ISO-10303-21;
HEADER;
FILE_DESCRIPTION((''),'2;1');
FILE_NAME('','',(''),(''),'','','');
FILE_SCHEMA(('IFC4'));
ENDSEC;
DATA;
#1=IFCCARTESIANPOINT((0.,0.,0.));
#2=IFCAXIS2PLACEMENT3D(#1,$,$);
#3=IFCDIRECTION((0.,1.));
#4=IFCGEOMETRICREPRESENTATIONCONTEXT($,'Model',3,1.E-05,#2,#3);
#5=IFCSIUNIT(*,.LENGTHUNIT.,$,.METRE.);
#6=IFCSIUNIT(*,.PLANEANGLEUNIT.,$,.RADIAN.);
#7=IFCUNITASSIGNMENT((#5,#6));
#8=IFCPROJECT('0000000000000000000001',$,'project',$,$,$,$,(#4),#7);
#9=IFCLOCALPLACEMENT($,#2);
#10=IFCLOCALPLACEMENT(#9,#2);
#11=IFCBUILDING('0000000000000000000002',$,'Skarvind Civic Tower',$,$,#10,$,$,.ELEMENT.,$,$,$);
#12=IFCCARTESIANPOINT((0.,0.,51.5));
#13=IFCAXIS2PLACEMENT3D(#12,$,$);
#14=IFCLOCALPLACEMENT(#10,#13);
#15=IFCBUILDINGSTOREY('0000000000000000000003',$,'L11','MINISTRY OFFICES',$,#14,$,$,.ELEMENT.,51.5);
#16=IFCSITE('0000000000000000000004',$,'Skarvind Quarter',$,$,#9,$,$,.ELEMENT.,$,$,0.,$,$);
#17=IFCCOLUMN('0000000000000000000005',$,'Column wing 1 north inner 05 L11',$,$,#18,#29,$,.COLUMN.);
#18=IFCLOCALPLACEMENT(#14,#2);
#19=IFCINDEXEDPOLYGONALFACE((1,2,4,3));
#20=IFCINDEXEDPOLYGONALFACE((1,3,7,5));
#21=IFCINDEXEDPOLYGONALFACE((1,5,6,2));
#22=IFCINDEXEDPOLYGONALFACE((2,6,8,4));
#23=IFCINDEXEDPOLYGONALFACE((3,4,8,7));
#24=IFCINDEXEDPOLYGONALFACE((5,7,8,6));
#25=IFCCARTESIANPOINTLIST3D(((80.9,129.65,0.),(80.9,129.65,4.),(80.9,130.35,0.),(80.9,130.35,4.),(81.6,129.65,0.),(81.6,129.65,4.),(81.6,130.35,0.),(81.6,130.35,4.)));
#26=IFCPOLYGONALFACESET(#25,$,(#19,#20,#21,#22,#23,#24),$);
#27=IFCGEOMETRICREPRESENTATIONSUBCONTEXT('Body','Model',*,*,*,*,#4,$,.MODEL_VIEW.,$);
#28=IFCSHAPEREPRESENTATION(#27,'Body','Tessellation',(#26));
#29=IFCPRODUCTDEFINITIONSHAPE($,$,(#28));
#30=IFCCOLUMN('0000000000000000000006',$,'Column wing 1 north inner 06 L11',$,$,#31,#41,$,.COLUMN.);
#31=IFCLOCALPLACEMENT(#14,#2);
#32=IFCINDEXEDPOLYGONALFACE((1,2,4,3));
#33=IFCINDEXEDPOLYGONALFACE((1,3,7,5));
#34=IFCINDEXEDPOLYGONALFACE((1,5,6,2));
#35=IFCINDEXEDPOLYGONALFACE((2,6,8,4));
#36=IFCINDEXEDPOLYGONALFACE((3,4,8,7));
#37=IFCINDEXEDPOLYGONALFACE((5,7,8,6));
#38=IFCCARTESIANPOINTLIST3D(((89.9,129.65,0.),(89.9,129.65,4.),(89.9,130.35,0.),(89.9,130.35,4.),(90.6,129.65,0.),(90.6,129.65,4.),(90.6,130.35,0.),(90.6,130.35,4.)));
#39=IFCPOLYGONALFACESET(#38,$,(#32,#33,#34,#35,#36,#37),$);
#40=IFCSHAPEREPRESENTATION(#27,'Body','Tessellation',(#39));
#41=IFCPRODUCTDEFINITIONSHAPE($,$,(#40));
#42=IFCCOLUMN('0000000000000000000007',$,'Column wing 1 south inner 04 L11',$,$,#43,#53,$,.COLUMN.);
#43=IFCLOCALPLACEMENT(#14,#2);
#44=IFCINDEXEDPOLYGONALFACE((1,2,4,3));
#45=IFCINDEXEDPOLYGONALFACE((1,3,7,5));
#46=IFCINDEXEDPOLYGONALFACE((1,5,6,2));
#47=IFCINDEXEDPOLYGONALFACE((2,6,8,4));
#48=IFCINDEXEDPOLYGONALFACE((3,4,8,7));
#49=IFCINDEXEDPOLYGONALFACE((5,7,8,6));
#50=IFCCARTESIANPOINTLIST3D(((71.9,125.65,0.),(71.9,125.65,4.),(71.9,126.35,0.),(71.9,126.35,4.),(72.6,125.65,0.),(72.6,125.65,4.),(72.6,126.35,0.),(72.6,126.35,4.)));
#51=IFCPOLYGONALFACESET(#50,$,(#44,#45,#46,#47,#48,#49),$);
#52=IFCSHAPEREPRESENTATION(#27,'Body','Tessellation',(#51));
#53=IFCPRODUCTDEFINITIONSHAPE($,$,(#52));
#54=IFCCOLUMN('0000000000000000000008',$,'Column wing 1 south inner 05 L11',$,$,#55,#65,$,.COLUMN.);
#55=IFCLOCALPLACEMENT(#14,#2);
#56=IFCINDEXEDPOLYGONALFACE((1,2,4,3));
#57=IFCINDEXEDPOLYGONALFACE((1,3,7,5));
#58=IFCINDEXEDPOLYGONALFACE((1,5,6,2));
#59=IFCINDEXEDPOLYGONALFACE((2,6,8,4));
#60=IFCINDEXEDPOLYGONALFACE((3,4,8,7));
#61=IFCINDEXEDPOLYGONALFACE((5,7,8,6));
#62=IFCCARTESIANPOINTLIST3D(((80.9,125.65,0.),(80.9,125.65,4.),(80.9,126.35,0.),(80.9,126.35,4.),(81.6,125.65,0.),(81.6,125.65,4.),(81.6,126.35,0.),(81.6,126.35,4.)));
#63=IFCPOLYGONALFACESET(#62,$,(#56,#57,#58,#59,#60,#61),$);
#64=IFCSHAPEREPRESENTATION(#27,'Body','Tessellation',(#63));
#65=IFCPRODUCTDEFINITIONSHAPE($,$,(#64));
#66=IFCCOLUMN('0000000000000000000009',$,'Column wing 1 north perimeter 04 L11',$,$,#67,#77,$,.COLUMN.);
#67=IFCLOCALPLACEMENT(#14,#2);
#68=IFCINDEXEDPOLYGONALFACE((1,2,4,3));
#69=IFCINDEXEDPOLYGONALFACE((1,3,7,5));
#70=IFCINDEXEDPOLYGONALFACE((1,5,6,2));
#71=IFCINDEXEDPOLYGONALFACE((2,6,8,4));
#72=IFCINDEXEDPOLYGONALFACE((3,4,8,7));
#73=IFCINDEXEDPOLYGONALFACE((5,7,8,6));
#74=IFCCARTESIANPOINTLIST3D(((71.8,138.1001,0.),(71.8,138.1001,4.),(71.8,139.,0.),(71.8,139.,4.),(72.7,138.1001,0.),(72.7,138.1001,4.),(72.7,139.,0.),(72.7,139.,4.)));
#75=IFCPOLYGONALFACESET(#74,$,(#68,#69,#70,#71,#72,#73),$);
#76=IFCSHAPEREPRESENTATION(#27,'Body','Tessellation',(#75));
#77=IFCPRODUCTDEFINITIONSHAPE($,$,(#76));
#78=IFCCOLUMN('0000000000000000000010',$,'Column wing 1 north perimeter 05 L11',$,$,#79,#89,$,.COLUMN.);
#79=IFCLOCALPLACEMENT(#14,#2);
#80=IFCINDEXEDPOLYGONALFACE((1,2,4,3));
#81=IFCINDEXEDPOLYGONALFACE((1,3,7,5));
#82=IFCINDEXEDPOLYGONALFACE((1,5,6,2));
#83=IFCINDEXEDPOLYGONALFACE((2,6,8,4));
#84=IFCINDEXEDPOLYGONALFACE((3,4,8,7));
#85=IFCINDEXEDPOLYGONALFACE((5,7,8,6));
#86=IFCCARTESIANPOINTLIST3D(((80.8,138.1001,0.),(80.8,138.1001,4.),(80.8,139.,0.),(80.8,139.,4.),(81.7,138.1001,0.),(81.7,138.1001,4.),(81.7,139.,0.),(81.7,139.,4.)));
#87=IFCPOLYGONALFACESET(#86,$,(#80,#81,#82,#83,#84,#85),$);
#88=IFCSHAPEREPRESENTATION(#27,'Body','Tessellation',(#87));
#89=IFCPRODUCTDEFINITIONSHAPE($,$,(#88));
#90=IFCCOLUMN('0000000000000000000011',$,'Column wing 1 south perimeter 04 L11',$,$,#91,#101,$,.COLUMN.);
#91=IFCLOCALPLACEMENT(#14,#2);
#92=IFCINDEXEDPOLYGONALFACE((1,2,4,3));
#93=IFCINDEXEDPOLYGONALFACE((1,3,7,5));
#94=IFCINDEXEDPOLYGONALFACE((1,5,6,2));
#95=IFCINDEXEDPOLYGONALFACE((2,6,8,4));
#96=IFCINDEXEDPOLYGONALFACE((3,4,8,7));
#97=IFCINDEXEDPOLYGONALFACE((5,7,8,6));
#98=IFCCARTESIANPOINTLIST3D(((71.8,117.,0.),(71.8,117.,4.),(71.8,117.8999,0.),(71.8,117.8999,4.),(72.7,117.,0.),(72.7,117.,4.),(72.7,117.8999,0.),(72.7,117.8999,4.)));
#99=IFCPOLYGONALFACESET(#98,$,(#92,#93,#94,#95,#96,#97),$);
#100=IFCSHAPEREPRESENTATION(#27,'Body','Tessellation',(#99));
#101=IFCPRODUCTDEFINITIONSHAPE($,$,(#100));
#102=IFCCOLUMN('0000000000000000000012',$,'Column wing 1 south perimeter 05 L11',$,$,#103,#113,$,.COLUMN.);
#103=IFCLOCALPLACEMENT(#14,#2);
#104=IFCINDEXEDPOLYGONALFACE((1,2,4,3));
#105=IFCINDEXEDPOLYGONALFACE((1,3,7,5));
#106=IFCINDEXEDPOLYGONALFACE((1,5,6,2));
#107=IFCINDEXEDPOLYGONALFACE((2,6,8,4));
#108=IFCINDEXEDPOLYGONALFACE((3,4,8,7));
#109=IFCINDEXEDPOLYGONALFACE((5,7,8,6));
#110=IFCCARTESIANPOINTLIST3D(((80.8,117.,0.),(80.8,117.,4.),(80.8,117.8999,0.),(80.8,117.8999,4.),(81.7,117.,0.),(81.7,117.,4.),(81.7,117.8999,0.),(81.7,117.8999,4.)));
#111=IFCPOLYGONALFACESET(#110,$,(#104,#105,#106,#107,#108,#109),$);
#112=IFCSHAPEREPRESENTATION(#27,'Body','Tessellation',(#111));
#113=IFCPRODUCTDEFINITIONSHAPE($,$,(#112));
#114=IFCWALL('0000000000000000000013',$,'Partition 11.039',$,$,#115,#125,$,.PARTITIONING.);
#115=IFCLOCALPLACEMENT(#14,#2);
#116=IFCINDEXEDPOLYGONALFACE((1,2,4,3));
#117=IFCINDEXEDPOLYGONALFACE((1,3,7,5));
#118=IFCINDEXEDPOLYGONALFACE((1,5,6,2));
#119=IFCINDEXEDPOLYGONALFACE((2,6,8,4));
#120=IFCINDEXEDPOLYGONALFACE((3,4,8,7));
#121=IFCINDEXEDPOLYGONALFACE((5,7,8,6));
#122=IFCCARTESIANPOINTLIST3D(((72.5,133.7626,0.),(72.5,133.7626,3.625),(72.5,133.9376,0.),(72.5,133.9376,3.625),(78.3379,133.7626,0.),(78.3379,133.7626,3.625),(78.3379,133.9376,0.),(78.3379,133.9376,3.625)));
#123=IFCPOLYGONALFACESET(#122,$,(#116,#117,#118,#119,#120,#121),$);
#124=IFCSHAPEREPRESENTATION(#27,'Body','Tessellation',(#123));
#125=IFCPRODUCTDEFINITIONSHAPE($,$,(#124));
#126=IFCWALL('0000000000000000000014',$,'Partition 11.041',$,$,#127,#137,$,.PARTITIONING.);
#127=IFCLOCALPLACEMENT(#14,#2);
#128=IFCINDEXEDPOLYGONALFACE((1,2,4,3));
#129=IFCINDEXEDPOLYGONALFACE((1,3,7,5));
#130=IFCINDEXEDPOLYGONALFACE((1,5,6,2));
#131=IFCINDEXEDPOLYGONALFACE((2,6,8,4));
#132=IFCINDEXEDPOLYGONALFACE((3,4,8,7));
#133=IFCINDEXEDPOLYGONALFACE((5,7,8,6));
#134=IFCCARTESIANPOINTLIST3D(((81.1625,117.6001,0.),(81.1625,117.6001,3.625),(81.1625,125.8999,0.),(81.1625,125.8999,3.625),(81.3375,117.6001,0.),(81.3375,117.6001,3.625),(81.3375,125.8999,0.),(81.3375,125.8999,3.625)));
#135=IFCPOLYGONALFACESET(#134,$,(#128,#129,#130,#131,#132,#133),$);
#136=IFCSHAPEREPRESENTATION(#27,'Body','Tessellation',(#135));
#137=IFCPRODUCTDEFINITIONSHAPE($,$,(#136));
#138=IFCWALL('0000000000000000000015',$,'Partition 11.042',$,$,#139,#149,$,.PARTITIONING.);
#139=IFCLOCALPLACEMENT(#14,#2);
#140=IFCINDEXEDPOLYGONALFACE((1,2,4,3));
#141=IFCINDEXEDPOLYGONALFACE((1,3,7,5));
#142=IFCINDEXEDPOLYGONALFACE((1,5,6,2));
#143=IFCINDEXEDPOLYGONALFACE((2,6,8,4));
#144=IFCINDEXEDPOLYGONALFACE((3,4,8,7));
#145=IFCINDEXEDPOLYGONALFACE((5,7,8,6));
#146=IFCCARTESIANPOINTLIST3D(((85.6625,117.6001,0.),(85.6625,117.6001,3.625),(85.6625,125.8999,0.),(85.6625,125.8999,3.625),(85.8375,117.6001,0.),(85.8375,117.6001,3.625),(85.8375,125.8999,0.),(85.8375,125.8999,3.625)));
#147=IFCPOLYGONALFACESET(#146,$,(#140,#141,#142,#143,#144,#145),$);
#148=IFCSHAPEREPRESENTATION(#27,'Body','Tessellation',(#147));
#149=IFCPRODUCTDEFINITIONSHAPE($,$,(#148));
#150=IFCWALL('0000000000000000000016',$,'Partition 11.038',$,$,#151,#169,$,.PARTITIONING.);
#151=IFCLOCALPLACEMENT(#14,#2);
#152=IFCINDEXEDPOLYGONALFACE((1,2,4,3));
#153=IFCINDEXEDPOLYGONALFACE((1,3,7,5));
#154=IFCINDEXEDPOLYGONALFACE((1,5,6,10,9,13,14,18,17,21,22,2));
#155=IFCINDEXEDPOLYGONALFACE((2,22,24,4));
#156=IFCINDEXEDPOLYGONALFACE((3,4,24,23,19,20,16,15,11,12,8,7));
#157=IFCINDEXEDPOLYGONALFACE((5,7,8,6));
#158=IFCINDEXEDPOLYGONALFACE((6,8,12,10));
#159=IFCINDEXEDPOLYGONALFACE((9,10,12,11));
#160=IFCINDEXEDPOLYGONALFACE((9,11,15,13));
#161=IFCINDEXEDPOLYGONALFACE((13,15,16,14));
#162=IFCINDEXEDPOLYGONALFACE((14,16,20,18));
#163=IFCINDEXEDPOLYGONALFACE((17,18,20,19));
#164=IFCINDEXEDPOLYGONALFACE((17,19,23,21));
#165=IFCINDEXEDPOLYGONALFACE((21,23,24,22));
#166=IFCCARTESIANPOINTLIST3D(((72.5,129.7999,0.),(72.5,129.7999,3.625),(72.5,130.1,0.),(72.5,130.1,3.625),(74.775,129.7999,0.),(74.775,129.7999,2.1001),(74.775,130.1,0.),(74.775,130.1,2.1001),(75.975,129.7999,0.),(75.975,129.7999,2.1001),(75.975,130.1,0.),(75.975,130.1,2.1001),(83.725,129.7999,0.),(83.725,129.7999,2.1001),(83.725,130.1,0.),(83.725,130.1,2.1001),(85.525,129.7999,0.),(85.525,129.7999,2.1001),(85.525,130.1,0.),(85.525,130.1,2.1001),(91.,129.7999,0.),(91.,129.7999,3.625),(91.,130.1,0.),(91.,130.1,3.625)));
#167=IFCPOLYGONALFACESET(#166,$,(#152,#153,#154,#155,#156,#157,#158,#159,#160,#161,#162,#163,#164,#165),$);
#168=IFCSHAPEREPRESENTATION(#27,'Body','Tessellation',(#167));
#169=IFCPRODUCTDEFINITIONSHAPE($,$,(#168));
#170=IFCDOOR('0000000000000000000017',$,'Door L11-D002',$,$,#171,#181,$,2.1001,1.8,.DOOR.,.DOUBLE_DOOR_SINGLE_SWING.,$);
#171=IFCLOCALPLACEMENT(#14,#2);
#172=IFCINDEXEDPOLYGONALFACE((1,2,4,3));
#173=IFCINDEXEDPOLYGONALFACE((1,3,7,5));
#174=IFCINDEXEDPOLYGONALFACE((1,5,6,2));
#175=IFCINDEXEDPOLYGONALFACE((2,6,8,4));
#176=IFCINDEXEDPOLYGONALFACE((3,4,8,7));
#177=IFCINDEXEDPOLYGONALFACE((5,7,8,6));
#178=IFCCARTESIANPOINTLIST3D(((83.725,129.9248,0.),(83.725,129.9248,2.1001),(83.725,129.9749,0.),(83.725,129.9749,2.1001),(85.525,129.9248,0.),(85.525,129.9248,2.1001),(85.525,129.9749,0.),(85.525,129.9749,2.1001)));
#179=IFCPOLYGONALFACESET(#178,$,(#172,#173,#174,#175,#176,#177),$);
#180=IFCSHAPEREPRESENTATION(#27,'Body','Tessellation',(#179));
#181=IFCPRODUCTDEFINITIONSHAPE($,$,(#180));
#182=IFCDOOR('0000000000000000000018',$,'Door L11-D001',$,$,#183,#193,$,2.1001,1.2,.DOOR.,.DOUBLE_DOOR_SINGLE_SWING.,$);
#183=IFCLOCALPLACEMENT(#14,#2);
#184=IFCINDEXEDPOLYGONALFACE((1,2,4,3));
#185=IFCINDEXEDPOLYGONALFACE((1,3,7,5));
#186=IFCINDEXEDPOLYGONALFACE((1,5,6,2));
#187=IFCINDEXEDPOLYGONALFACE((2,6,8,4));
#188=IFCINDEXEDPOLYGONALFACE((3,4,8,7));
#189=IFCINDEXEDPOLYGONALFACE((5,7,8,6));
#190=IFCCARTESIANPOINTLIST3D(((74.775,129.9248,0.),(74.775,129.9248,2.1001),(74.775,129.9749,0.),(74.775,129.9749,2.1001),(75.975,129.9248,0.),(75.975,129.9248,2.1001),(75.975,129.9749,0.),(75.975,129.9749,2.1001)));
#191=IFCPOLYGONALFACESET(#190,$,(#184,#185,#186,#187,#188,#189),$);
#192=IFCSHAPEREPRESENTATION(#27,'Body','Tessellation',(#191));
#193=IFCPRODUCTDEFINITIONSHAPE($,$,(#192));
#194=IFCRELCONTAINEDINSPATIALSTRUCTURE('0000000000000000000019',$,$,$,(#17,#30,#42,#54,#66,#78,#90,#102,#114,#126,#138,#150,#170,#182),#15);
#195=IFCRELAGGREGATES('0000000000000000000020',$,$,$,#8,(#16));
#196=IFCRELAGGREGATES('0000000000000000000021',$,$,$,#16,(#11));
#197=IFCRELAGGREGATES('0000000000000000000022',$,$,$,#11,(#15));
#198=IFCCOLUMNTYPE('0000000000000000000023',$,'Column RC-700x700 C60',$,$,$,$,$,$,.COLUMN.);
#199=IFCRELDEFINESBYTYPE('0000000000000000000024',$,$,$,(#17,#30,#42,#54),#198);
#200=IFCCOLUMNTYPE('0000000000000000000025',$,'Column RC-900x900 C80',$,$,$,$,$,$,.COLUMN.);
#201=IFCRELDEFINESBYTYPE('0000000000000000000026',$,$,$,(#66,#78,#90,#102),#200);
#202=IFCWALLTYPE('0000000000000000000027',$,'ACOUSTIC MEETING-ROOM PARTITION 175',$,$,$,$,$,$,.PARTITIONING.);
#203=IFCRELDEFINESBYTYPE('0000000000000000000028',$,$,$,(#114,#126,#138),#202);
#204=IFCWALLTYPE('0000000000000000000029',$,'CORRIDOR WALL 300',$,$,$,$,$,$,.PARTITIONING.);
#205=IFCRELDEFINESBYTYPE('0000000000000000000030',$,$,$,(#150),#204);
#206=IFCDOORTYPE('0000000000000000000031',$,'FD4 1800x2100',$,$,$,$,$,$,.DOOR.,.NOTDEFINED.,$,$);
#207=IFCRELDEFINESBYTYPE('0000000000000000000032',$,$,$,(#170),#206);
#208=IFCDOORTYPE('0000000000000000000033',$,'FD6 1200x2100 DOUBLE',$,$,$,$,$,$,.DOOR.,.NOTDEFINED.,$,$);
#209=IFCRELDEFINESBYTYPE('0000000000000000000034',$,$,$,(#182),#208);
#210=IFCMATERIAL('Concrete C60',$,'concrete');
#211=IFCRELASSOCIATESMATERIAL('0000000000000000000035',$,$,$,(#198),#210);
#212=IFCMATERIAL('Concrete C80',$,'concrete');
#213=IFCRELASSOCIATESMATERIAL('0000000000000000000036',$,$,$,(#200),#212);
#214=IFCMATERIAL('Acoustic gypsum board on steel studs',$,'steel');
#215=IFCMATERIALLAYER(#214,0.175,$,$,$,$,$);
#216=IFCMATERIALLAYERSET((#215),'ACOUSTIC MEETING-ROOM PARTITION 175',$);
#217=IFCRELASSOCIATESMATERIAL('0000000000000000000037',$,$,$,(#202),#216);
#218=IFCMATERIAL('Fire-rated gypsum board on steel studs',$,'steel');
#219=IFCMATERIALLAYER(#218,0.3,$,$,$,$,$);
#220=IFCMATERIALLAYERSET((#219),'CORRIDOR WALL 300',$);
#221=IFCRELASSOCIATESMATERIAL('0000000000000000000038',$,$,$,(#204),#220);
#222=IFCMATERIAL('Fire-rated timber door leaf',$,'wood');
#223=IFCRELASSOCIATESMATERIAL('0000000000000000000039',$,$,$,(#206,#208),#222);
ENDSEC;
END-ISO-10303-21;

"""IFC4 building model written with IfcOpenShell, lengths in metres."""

from ifc_helpers import new_model, si_unit, direction, frame, frame_2d, origin, origin_2d, place, context, subcontext, project, spatial, rectangle, extrude, material, layer, layer_set, material_profile, profile_set, type_object, element, fill, save


model = new_model("IFC4")

# Units and contexts
model_context = context("Model", 3, precision=1e-05, world=origin(), true_north=direction((0.0, 1.0)))
body_context = subcontext(model_context, "Body", "Model", "MODEL_VIEW")
ifc_project = project(units=[si_unit("LENGTHUNIT", "METRE"), si_unit("PLANEANGLEUNIT", "RADIAN")], contexts=[model_context])

# Site, building, storey
site_placement = place(None, origin())
site = spatial("IfcSite", under=ifc_project, at=site_placement, Name="Skarvind Quarter", CompositionType="ELEMENT", RefElevation=0.0)
building_placement = place(site_placement, origin())
building = spatial("IfcBuilding", under=site, at=building_placement, Name="Skarvind Civic Tower", CompositionType="ELEMENT")
storey_placement = place(building_placement, frame((0.0, 0.0, 51.5)))
storey = spatial("IfcBuildingStorey", under=building, at=storey_placement, Name="L11", Description="MINISTRY OFFICES", CompositionType="ELEMENT", Elevation=51.5)

# Columns
ifc_material_1 = material(Name="Concrete C60", Category="concrete")
ifc_material_profile_1 = material_profile(ifc_material_1, rectangle(XDim=0.7, YDim=0.7, at=origin_2d()), Name="RC-700x700")
ifc_profile_set_1 = profile_set([ifc_material_profile_1], Name="Concrete C60")
column_type_1 = type_object("IfcColumnType", Name="Column RC-700x700 C60", PredefinedType="COLUMN", material=ifc_profile_set_1)
for number, where, z_axis, x_axis, name in (
    (1, (81.25, 130.0, 0.0), (0.0, 0.0, 1.0), (1.0, 0.0, 0.0), "Column wing 1 north inner 05 L11"),
    (2, (90.25, 130.0, 0.0), (0.0, 0.0, 1.0), (1.0, 0.0, 0.0), "Column wing 1 north inner 06 L11"),
    (3, (72.25, 126.0, 0.0), (0.0, 0.0, 1.0), (1.0, 0.0, 0.0), "Column wing 1 south inner 04 L11"),
    (4, (81.25, 126.0, 0.0), (0.0, 0.0, 1.0), (1.0, 0.0, 0.0), "Column wing 1 south inner 05 L11"),
):
    element("IfcColumn", number, at=place(storey_placement, frame(where, z_axis=z_axis, x_axis=x_axis)), inside=storey, type_object=column_type_1, Name=name, PredefinedType="COLUMN", context=body_context, shape_type="SweptSolid", body=[
        extrude(rectangle(XDim=0.7, YDim=0.7, at=origin_2d()), origin(), (0.0, 0.0, 1.0), 4.0),
    ])
ifc_material_2 = material(Name="Concrete C80", Category="concrete")
ifc_material_profile_2 = material_profile(ifc_material_2, rectangle(XDim=0.8999, YDim=0.8999, at=origin_2d()), Name="RC-900x900")
ifc_profile_set_2 = profile_set([ifc_material_profile_2], Name="Concrete C80")
column_type_2 = type_object("IfcColumnType", Name="Column RC-900x900 C80", PredefinedType="COLUMN", material=ifc_profile_set_2)
for number, where, z_axis, x_axis, name in (
    (5, (72.25, 138.55, 0.0), (0.0, 0.0, 1.0), (1.0, 0.0, 0.0), "Column wing 1 north perimeter 04 L11"),
    (6, (81.25, 138.55, 0.0), (0.0, 0.0, 1.0), (1.0, 0.0, 0.0), "Column wing 1 north perimeter 05 L11"),
    (7, (72.25, 117.45, 0.0), (0.0, 0.0, 1.0), (1.0, 0.0, 0.0), "Column wing 1 south perimeter 04 L11"),
    (8, (81.25, 117.45, 0.0), (0.0, 0.0, 1.0), (1.0, 0.0, 0.0), "Column wing 1 south perimeter 05 L11"),
):
    element("IfcColumn", number, at=place(storey_placement, frame(where, z_axis=z_axis, x_axis=x_axis)), inside=storey, type_object=column_type_2, Name=name, PredefinedType="COLUMN", context=body_context, shape_type="SweptSolid", body=[
        extrude(rectangle(XDim=0.8999, YDim=0.8999, at=origin_2d()), origin(), (0.0, 0.0, 1.0), 4.0),
    ])

# Walls
ifc_material_3 = material(Name="Acoustic gypsum board on steel studs", Category="steel")
ifc_layer_1 = layer(ifc_material_3, 0.175)
ifc_layer_set_1 = layer_set([ifc_layer_1], Name="ACOUSTIC MEETING-ROOM PARTITION 175")
wall_type_1 = type_object("IfcWallType", Name="ACOUSTIC MEETING-ROOM PARTITION 175", PredefinedType="PARTITIONING", material=ifc_layer_set_1)
wall_1_placement = place(storey_placement, frame((72.5, 133.8501, 0.0), z_axis=(0.0, 0.0, 1.0), x_axis=(1.0, 0.0, 0.0)))
element("IfcWall", 9, at=wall_1_placement, inside=storey, type_object=wall_type_1, Name="Partition 11.039", PredefinedType="PARTITIONING", context=body_context, shape_type="SweptSolid", body=[
    extrude(rectangle(XDim=5.8379, YDim=0.175, at=frame_2d((2.9189, 0.0))), origin(), (0.0, 0.0, 1.0), 3.625),
])
for number, where, z_axis, x_axis, name in (
    (10, (81.25, 117.6001, 0.0), (0.0, 0.0, 1.0), (0.0, 1.0, 0.0), "Partition 11.041"),
    (11, (85.75, 117.6001, 0.0), (0.0, 0.0, 1.0), (0.0, 1.0, 0.0), "Partition 11.042"),
):
    element("IfcWall", number, at=place(storey_placement, frame(where, z_axis=z_axis, x_axis=x_axis)), inside=storey, type_object=wall_type_1, Name=name, PredefinedType="PARTITIONING", context=body_context, shape_type="SweptSolid", body=[
        extrude(rectangle(XDim=8.2998, YDim=0.175, at=frame_2d((4.1499, 0.0))), origin(), (0.0, 0.0, 1.0), 3.625),
    ])

# Wall, openings, doors
ifc_material_4 = material(Name="Fire-rated gypsum board on steel studs", Category="steel")
ifc_layer_2 = layer(ifc_material_4, 0.3)
ifc_layer_set_2 = layer_set([ifc_layer_2], Name="CORRIDOR WALL 300")
wall_type_2 = type_object("IfcWallType", Name="CORRIDOR WALL 300", PredefinedType="PARTITIONING", material=ifc_layer_set_2)
wall_2_placement = place(storey_placement, frame((72.5, 129.95, 0.0), z_axis=(0.0, 0.0, 1.0), x_axis=(1.0, 0.0, 0.0)))
wall_2 = element("IfcWall", 12, at=wall_2_placement, inside=storey, type_object=wall_type_2, Name="Partition 11.038", PredefinedType="PARTITIONING", context=body_context, shape_type="SweptSolid", body=[
    extrude(rectangle(XDim=18.5, YDim=0.3, at=frame_2d((9.25, 0.0))), origin(), (0.0, 0.0, 1.0), 3.625),
])
opening_1_placement = place(wall_2_placement, frame((2.2749, 0.0, 0.0)))
opening_1 = element("IfcOpeningElement", 13, at=opening_1_placement, cuts=wall_2, PredefinedType="OPENING", context=body_context, shape_type="SweptSolid", body=[
    extrude(rectangle(XDim=1.2, YDim=2.1001, at=frame_2d((0.6001, 1.05))), frame((0.0, 0.1599, 0.0), z_axis=(0.0, -1.0, 0.0), x_axis=(1.0, 0.0, 0.0)), (0.0, 0.0, 1.0), 0.3201),
])
opening_2_placement = place(wall_2_placement, frame((11.2251, 0.0, 0.0)))
opening_2 = element("IfcOpeningElement", 14, at=opening_2_placement, cuts=wall_2, PredefinedType="OPENING", context=body_context, shape_type="SweptSolid", body=[
    extrude(rectangle(XDim=1.8, YDim=2.1001, at=frame_2d((0.8999, 1.05))), frame((0.0, 0.1599, 0.0), z_axis=(0.0, -1.0, 0.0), x_axis=(1.0, 0.0, 0.0)), (0.0, 0.0, 1.0), 0.3201),
])
ifc_material_5 = material(Name="Fire-rated timber door leaf", Category="wood")
door_type_1 = type_object("IfcDoorType", Name="FD4 1800x2100", OperationType="NOTDEFINED", PredefinedType="DOOR", material=ifc_material_5)
door_1_placement = place(opening_2_placement, origin())
door_1 = element("IfcDoor", 15, at=door_1_placement, inside=storey, type_object=door_type_1, Name="Door L11-D002", OperationType="DOUBLE_DOOR_SINGLE_SWING", OverallHeight=2.1001, OverallWidth=1.8, PredefinedType="DOOR", context=body_context, shape_type="SweptSolid", body=[
    extrude(rectangle(XDim=1.8, YDim=2.1001, at=frame_2d((0.8999, 1.05))), frame((0.0, 0.0249, 0.0), z_axis=(0.0, -1.0, 0.0), x_axis=(1.0, 0.0, 0.0)), (0.0, 0.0, 1.0), 0.05),
])
fill(opening_2, door_1)
door_type_2 = type_object("IfcDoorType", Name="FD6 1200x2100 DOUBLE", OperationType="NOTDEFINED", PredefinedType="DOOR", material=ifc_material_5)
door_2_placement = place(opening_1_placement, origin())
door_2 = element("IfcDoor", 16, at=door_2_placement, inside=storey, type_object=door_type_2, Name="Door L11-D001", OperationType="DOUBLE_DOOR_SINGLE_SWING", OverallHeight=2.1001, OverallWidth=1.2, PredefinedType="DOOR", context=body_context, shape_type="SweptSolid", body=[
    extrude(rectangle(XDim=1.2, YDim=2.1001, at=frame_2d((0.6001, 1.05))), frame((0.0, 0.0249, 0.0), z_axis=(0.0, -1.0, 0.0), x_axis=(1.0, 0.0, 0.0)), (0.0, 0.0, 1.0), 0.05),
])
fill(opening_1, door_2)

save(model, "model.ifc")
